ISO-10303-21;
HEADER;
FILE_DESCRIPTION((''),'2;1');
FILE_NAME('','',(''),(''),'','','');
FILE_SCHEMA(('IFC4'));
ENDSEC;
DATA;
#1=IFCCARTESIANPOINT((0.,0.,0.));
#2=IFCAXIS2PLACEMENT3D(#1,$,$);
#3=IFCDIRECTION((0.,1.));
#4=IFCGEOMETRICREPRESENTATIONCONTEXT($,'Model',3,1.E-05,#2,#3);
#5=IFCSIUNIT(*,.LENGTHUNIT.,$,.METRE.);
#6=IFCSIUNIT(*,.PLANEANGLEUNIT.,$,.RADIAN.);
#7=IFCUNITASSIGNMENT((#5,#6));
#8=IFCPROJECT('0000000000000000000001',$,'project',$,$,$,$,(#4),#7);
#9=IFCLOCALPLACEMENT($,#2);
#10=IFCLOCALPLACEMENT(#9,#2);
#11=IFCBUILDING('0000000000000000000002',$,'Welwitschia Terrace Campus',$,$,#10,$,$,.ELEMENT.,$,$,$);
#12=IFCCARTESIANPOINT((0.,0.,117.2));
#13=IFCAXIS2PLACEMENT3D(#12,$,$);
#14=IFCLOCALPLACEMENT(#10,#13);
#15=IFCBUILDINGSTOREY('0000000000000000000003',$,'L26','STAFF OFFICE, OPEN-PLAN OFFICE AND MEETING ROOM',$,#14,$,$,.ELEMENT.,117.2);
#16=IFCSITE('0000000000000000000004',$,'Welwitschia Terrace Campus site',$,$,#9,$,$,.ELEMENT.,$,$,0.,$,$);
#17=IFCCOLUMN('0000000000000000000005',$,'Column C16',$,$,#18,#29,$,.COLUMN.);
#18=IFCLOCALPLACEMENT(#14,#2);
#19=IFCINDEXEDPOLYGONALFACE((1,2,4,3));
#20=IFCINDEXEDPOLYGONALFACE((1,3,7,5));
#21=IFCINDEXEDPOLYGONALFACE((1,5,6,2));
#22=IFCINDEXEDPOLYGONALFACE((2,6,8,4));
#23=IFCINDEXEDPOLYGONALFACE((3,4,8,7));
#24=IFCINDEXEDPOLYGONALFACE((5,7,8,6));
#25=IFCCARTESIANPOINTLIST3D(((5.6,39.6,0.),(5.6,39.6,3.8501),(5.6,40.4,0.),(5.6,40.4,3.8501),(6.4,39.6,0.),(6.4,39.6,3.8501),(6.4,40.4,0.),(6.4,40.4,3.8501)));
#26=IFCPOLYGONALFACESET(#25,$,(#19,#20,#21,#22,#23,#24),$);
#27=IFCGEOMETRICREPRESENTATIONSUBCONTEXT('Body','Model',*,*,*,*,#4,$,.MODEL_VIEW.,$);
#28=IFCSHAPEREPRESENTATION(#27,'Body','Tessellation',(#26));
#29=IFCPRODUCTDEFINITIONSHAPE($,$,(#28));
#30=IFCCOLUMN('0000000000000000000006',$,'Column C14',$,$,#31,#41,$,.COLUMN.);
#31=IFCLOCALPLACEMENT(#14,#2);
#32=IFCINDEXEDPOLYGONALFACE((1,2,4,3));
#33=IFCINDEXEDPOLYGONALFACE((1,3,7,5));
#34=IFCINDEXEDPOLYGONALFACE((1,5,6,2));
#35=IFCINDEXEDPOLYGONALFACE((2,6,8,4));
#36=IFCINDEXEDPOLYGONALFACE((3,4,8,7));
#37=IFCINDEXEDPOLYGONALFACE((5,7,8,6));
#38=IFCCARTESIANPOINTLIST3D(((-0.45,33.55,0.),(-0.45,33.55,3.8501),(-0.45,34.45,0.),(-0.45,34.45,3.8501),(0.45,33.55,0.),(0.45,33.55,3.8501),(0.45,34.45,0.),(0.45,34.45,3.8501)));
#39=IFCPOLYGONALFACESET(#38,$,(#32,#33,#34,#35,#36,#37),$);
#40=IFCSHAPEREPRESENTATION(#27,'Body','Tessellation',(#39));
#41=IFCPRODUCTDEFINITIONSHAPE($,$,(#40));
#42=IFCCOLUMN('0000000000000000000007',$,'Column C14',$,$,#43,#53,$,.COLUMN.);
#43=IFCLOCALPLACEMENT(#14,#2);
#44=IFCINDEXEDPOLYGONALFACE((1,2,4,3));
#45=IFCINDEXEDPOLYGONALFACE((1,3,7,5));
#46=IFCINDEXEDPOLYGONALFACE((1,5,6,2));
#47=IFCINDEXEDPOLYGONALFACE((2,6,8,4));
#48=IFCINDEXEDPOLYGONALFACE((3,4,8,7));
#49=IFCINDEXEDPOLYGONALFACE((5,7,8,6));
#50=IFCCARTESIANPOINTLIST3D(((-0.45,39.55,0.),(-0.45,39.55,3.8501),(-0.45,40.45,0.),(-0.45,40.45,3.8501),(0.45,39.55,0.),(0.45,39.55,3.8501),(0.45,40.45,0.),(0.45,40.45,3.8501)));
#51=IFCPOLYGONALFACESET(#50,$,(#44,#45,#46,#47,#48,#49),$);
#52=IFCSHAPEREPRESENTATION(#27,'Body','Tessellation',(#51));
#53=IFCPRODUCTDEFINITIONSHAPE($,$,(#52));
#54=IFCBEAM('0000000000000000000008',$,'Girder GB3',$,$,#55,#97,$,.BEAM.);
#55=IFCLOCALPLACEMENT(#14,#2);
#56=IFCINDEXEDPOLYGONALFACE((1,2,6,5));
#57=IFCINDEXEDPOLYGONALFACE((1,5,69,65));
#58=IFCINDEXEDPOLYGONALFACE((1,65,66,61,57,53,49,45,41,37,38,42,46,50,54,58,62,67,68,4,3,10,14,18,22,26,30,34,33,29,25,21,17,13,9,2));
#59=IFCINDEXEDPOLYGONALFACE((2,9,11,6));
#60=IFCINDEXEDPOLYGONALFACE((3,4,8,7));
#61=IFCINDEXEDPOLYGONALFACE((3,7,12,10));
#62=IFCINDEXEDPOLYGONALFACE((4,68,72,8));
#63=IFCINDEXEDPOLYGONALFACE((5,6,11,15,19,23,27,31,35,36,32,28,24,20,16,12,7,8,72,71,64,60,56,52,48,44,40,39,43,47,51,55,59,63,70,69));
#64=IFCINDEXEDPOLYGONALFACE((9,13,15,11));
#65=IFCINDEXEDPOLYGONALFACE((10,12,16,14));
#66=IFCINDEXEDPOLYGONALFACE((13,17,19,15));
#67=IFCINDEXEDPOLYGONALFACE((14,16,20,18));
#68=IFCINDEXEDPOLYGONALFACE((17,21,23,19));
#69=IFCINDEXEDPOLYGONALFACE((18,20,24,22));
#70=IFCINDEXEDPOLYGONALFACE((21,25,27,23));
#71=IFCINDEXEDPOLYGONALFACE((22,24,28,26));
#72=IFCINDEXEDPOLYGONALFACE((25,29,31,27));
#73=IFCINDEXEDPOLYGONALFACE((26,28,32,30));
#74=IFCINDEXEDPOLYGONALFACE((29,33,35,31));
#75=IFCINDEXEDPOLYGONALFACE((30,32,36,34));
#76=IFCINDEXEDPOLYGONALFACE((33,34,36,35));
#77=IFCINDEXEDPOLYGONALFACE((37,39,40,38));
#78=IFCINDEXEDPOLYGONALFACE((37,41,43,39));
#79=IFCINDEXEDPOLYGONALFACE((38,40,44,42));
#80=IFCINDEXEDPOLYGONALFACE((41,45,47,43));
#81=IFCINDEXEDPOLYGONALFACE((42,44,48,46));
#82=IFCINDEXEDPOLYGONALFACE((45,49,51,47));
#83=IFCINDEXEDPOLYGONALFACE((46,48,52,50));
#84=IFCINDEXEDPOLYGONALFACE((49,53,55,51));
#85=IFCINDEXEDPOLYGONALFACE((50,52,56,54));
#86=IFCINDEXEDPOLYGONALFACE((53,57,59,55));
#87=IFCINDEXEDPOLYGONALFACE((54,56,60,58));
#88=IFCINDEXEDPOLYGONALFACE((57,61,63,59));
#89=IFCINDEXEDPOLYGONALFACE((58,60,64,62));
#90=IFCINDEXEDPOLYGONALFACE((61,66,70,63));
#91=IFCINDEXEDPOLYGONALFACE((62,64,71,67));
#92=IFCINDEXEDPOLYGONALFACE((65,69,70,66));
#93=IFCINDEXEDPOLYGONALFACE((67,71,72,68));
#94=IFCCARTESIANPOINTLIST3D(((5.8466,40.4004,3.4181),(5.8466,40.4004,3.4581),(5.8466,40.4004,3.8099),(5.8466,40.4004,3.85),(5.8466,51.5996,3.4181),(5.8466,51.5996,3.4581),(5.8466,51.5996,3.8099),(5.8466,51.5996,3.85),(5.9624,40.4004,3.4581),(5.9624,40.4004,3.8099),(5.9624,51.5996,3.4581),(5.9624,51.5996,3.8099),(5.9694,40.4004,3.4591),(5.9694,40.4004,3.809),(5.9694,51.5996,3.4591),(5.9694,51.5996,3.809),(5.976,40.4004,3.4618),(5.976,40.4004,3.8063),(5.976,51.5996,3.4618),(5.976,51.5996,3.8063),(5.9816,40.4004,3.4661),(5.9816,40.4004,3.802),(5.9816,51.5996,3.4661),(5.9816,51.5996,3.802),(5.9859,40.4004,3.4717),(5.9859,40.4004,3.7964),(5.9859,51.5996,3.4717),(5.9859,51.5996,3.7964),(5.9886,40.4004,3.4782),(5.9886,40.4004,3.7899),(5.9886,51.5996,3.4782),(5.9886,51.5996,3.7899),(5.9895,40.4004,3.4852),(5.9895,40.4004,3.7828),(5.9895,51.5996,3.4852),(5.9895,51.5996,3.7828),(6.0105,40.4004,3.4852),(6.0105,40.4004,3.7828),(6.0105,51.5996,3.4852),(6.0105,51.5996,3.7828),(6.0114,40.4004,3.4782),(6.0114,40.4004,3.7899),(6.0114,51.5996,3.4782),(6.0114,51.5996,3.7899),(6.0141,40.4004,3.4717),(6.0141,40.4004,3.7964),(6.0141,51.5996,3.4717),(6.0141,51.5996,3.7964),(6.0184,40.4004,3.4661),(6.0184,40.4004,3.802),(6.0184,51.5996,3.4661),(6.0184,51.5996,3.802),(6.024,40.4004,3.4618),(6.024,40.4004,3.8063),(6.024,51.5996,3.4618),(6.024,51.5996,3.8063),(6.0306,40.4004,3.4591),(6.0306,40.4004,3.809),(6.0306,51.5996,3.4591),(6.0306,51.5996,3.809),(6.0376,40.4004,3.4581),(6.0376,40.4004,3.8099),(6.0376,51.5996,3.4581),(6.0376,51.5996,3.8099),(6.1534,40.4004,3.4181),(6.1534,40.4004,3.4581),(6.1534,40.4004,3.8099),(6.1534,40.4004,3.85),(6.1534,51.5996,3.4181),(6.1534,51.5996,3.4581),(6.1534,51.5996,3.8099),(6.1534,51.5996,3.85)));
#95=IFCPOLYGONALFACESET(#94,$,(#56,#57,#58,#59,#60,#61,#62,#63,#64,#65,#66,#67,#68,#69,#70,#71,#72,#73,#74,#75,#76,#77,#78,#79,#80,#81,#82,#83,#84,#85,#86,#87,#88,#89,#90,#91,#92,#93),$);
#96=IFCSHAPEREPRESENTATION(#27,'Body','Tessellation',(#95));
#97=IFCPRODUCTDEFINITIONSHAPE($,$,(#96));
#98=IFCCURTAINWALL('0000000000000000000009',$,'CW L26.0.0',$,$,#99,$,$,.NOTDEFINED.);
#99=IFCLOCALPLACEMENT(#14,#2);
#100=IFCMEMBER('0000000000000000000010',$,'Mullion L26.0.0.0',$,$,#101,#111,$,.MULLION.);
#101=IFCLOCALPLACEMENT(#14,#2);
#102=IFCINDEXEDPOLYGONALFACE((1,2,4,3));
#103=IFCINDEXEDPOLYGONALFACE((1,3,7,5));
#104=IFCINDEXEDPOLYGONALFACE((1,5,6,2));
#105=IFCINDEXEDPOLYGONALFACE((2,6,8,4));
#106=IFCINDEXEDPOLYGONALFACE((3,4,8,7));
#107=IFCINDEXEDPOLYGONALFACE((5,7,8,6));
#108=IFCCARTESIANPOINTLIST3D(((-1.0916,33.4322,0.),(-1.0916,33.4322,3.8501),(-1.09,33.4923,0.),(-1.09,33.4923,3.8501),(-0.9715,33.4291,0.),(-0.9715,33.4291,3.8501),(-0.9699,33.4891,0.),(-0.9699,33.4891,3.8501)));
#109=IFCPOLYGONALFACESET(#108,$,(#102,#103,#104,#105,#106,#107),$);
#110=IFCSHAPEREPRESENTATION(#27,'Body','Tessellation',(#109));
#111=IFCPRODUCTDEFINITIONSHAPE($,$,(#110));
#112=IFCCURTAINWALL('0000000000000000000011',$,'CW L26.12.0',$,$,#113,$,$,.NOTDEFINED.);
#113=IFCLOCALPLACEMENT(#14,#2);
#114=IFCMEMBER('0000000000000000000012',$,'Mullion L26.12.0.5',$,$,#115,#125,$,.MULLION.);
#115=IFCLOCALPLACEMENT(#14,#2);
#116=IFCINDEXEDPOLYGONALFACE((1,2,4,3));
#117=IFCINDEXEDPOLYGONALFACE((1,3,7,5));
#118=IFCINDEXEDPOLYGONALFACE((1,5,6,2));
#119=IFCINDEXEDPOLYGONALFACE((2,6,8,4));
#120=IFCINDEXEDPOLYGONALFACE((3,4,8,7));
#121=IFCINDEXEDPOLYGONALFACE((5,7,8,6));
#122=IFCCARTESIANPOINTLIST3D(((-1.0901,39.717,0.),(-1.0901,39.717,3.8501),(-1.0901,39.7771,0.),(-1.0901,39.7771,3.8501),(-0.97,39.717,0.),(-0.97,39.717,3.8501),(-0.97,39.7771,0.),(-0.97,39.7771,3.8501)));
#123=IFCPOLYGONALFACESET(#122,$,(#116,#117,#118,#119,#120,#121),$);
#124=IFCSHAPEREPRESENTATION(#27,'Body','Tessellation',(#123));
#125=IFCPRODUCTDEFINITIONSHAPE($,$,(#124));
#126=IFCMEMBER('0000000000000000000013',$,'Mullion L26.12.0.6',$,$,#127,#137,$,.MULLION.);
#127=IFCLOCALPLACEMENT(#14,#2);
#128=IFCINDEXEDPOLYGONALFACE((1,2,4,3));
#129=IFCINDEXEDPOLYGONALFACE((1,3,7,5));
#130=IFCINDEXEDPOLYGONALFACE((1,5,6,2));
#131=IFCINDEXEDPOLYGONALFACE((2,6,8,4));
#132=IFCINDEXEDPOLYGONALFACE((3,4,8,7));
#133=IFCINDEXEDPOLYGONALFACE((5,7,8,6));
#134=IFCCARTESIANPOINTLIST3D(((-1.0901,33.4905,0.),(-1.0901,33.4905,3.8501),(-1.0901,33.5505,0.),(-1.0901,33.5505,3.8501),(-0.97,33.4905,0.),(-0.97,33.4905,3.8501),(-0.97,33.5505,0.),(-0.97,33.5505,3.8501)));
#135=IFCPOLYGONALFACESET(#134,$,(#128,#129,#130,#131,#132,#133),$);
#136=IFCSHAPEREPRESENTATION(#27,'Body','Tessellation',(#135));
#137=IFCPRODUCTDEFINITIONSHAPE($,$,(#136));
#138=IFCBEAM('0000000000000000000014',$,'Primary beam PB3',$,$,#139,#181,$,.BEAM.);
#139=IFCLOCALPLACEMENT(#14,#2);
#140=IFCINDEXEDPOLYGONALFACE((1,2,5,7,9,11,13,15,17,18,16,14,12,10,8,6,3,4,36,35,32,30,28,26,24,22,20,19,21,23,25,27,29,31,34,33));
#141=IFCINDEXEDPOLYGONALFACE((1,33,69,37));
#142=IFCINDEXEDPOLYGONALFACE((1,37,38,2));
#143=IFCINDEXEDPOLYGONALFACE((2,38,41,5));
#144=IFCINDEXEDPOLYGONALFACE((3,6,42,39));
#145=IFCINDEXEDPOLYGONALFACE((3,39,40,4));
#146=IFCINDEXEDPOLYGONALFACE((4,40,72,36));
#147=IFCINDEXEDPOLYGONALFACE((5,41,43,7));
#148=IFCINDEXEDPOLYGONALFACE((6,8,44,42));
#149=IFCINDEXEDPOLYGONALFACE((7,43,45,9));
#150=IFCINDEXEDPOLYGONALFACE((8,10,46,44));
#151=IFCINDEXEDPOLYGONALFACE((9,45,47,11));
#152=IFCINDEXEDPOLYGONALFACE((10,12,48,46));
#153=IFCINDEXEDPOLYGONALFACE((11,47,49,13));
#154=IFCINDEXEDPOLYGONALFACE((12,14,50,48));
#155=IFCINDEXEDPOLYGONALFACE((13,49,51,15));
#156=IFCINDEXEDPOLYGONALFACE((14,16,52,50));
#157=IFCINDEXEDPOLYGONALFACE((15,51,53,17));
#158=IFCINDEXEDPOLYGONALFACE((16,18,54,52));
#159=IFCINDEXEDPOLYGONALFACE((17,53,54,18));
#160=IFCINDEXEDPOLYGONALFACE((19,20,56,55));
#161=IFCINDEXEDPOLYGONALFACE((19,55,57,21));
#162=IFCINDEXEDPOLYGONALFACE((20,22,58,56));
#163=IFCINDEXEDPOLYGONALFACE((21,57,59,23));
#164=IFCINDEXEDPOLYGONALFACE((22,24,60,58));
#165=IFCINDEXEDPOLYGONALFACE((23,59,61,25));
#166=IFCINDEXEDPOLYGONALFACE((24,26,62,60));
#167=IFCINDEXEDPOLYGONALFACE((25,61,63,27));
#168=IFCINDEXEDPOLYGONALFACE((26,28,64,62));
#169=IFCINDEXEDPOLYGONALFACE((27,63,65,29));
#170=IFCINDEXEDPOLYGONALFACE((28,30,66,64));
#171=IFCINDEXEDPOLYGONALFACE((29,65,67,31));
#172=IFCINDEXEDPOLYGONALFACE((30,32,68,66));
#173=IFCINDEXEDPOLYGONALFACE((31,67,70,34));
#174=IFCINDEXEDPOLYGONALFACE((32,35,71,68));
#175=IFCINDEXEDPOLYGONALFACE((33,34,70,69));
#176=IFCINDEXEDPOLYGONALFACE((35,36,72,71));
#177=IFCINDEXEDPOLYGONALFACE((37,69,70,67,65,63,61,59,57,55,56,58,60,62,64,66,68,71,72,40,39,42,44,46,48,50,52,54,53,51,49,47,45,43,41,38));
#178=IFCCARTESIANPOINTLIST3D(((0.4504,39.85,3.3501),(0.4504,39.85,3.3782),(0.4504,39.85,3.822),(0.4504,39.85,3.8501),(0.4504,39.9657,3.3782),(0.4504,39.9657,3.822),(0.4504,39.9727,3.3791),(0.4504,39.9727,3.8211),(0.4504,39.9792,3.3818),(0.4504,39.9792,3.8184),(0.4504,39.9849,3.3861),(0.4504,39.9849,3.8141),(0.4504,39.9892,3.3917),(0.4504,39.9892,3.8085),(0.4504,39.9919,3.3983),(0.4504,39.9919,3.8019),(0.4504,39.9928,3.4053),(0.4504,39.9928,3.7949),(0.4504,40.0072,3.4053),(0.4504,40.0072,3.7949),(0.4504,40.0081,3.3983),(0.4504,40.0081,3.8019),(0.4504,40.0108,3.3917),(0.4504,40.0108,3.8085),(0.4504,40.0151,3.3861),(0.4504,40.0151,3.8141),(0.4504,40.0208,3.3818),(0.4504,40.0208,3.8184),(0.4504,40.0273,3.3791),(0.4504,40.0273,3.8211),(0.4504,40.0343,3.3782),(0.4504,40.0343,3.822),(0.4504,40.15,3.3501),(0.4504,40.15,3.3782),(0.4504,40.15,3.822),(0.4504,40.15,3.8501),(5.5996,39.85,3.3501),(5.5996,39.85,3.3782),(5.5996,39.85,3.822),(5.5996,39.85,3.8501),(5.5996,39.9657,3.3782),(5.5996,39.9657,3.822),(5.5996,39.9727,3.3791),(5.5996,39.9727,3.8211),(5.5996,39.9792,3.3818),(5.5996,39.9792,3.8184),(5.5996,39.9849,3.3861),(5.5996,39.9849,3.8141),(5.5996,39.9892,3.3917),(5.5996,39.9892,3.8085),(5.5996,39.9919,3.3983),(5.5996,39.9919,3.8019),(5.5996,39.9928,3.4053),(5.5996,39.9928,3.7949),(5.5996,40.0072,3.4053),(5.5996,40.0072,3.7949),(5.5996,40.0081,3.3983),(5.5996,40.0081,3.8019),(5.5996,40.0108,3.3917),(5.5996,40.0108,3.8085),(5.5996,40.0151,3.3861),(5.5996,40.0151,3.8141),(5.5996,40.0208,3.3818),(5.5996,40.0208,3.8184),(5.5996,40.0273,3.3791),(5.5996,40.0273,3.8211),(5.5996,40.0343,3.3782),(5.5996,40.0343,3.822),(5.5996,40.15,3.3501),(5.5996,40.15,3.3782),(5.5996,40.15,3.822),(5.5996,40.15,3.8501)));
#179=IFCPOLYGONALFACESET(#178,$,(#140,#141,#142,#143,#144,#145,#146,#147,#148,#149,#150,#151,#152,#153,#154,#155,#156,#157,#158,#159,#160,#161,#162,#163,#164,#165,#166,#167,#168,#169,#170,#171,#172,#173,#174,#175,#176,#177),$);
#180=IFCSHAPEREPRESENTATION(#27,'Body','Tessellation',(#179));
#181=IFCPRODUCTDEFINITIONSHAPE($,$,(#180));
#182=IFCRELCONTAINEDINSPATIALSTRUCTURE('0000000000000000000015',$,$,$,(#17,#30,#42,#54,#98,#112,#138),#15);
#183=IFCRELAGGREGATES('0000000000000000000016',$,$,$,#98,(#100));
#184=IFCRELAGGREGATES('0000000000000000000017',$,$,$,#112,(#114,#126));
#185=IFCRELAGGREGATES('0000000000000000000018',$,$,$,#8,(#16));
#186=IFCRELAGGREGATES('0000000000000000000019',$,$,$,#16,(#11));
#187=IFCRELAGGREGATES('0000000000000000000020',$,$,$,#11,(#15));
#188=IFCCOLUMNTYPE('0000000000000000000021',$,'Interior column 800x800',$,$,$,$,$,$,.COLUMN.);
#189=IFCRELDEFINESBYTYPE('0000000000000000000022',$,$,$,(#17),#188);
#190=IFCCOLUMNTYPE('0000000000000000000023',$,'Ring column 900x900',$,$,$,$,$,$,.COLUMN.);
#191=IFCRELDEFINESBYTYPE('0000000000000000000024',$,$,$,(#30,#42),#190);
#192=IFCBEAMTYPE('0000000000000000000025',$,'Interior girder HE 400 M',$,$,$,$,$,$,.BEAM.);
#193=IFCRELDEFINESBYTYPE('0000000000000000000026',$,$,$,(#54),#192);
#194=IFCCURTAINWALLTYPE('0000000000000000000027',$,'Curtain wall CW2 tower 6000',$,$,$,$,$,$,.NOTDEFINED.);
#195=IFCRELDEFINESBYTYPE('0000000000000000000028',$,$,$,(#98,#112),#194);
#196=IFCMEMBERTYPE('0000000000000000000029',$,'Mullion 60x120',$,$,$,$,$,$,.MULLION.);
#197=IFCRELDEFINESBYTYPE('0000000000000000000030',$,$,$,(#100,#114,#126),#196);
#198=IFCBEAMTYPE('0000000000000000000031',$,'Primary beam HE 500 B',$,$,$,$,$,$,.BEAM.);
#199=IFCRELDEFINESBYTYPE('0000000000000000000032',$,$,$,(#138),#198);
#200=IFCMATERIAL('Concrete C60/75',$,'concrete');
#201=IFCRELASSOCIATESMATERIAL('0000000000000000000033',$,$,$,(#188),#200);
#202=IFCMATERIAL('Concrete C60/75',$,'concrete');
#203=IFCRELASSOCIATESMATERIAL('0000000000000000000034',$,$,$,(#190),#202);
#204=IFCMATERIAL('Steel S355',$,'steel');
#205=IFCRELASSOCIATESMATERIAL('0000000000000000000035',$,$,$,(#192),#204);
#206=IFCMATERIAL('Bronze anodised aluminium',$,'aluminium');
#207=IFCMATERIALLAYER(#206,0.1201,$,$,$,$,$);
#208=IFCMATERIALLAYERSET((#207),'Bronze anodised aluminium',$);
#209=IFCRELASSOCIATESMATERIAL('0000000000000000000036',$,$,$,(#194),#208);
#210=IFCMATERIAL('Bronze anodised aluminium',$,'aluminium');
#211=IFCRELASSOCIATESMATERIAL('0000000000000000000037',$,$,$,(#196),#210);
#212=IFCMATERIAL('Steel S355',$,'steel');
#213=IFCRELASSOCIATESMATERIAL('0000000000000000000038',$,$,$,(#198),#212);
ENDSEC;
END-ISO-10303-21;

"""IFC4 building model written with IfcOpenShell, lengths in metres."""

from ifc_helpers import new_model, si_unit, direction, frame, origin, origin_2d, place, context, subcontext, project, spatial, rectangle, i_section, extrude, material, layer, layer_set, material_profile, profile_set, type_object, element, aggregate, save


model = new_model("IFC4")

# Units and contexts
model_context = context("Model", 3, precision=1e-05, world=origin(), true_north=direction((0.0, 1.0)))
body_context = subcontext(model_context, "Body", "Model", "MODEL_VIEW")
ifc_project = project(units=[si_unit("LENGTHUNIT", "METRE"), si_unit("PLANEANGLEUNIT", "RADIAN")], contexts=[model_context])

# Site, building, storey
site_placement = place(None, origin())
site = spatial("IfcSite", under=ifc_project, at=site_placement, Name="Welwitschia Terrace Campus site", CompositionType="ELEMENT", RefElevation=0.0)
building_placement = place(site_placement, origin())
building = spatial("IfcBuilding", under=site, at=building_placement, Name="Welwitschia Terrace Campus", CompositionType="ELEMENT")
storey_placement = place(building_placement, frame((0.0, 0.0, 117.2)))
storey = spatial("IfcBuildingStorey", under=building, at=storey_placement, Name="L26", Description="STAFF OFFICE, OPEN-PLAN OFFICE AND MEETING ROOM", CompositionType="ELEMENT", Elevation=117.2)

# Columns
ifc_material_1 = material(Name="Concrete C60/75", Category="concrete")
ifc_material_profile_1 = material_profile(ifc_material_1, rectangle(XDim=0.8, YDim=0.8, at=origin_2d()))
ifc_profile_set_1 = profile_set([ifc_material_profile_1], Name="Concrete C60/75")
column_type_1 = type_object("IfcColumnType", Name="Interior column 800x800", PredefinedType="COLUMN", material=ifc_profile_set_1)
column_placement = place(storey_placement, frame((6.0, 40.0, 0.0), z_axis=(0.0, 0.0, 1.0), x_axis=(1.0, 0.0, 0.0)))
element("IfcColumn", 1, at=column_placement, inside=storey, type_object=column_type_1, Name="Column C16", PredefinedType="COLUMN", context=body_context, shape_type="SweptSolid", body=[
    extrude(rectangle(XDim=0.8, YDim=0.8, at=origin_2d()), origin(), (0.0, 0.0, 1.0), 3.8501),
])
ifc_material_2 = material(Name="Concrete C60/75", Category="concrete")
ifc_material_profile_2 = material_profile(ifc_material_2, rectangle(XDim=0.8999, YDim=0.8999, at=origin_2d()))
ifc_profile_set_2 = profile_set([ifc_material_profile_2], Name="Concrete C60/75")
column_type_2 = type_object("IfcColumnType", Name="Ring column 900x900", PredefinedType="COLUMN", material=ifc_profile_set_2)
for number, where, z_axis, x_axis, name in (
    (2, (0.0, 34.0, 0.0), (0.0, 0.0, 1.0), (1.0, 0.0, 0.0), "Column C14"),
    (3, (0.0, 40.0, 0.0), (0.0, 0.0, 1.0), (1.0, 0.0, 0.0), "Column C14"),
):
    element("IfcColumn", number, at=place(storey_placement, frame(where, z_axis=z_axis, x_axis=x_axis)), inside=storey, type_object=column_type_2, Name=name, PredefinedType="COLUMN", context=body_context, shape_type="SweptSolid", body=[
        extrude(rectangle(XDim=0.8999, YDim=0.8999, at=origin_2d()), origin(), (0.0, 0.0, 1.0), 3.8501),
    ])

# Beam
ifc_material_3 = material(Name="Steel S355", Category="steel")
ifc_material_profile_3 = material_profile(ifc_material_3, i_section(OverallWidth=0.3069, OverallDepth=0.4319, WebThickness=0.021, FlangeThickness=0.04, FilletRadius=0.0271, at=origin_2d()))
ifc_profile_set_3 = profile_set([ifc_material_profile_3], Name="Steel S355")
beam_type_1 = type_object("IfcBeamType", Name="Interior girder HE 400 M", PredefinedType="BEAM", material=ifc_profile_set_3)
beam_1_placement = place(storey_placement, frame((6.0, 40.4004, 3.634), z_axis=(0.0, 1.0, 0.0), x_axis=(-1.0, 0.0, 0.0)))
element("IfcBeam", 4, at=beam_1_placement, inside=storey, type_object=beam_type_1, Name="Girder GB3", PredefinedType="BEAM", context=body_context, shape_type="SweptSolid", body=[
    extrude(i_section(OverallWidth=0.3069, OverallDepth=0.4319, WebThickness=0.021, FlangeThickness=0.04, FilletRadius=0.0271, at=origin_2d()), origin(), (0.0, 0.0, 1.0), 11.1992),
])

# Curtain wall, member
ifc_material_4 = material(Name="Bronze anodised aluminium", Category="aluminium")
ifc_layer_1 = layer(ifc_material_4, 0.1201)
ifc_layer_set_1 = layer_set([ifc_layer_1], Name="Bronze anodised aluminium")
curtain_wall_type = type_object("IfcCurtainWallType", Name="Curtain wall CW2 tower 6000", PredefinedType="NOTDEFINED", material=ifc_layer_set_1)
curtain_wall_1_placement = place(storey_placement, origin())
curtain_wall_1 = element("IfcCurtainWall", 5, at=curtain_wall_1_placement, inside=storey, type_object=curtain_wall_type, Name="CW L26.0.0", PredefinedType="NOTDEFINED")
ifc_material_5 = material(Name="Bronze anodised aluminium", Category="aluminium")
ifc_material_profile_4 = material_profile(ifc_material_5, rectangle(XDim=0.1201, YDim=0.0601, at=origin_2d()))
ifc_profile_set_4 = profile_set([ifc_material_profile_4], Name="Bronze anodised aluminium")
member_type = type_object("IfcMemberType", Name="Mullion 60x120", PredefinedType="MULLION", material=ifc_profile_set_4)
member_1_placement = place(storey_placement, frame((-1.0308, 33.4607, 0.0), z_axis=(0.0, 0.0, 1.0), x_axis=(0.999657, -0.026177, 0.0)))
member_1 = element("IfcMember", 6, at=member_1_placement, type_object=member_type, Name="Mullion L26.0.0.0", PredefinedType="MULLION", context=body_context, shape_type="SweptSolid", body=[
    extrude(rectangle(XDim=0.1201, YDim=0.0601, at=origin_2d()), origin(), (0.0, 0.0, 1.0), 3.8501),
])
aggregate(curtain_wall_1, [member_1])

# Curtain wall, members
curtain_wall_2_placement = place(storey_placement, origin())
curtain_wall_2 = element("IfcCurtainWall", 7, at=curtain_wall_2_placement, inside=storey, type_object=curtain_wall_type, Name="CW L26.12.0", PredefinedType="NOTDEFINED")
member_2_placement = place(storey_placement, frame((-1.03, 39.7471, 0.0), z_axis=(0.0, 0.0, 1.0), x_axis=(1.0, 0.0, 0.0)))
member_2 = element("IfcMember", 8, at=member_2_placement, type_object=member_type, Name="Mullion L26.12.0.5", PredefinedType="MULLION", context=body_context, shape_type="SweptSolid", body=[
    extrude(rectangle(XDim=0.1201, YDim=0.0601, at=origin_2d()), origin(), (0.0, 0.0, 1.0), 3.8501),
])
member_3_placement = place(storey_placement, frame((-1.03, 33.5205, 0.0), z_axis=(0.0, 0.0, 1.0), x_axis=(1.0, 0.0, 0.0)))
member_3 = element("IfcMember", 9, at=member_3_placement, type_object=member_type, Name="Mullion L26.12.0.6", PredefinedType="MULLION", context=body_context, shape_type="SweptSolid", body=[
    extrude(rectangle(XDim=0.1201, YDim=0.0601, at=origin_2d()), origin(), (0.0, 0.0, 1.0), 3.8501),
])

# Beam
ifc_material_6 = material(Name="Steel S355", Category="steel")
ifc_material_profile_5 = material_profile(ifc_material_6, i_section(OverallWidth=0.3, OverallDepth=0.5, WebThickness=0.0144, FlangeThickness=0.0281, FilletRadius=0.0271, at=origin_2d()))
ifc_profile_set_5 = profile_set([ifc_material_profile_5], Name="Steel S355")
beam_type_2 = type_object("IfcBeamType", Name="Primary beam HE 500 B", PredefinedType="BEAM", material=ifc_profile_set_5)
beam_2_placement = place(storey_placement, frame((0.4504, 40.0, 3.6001), z_axis=(1.0, 0.0, 0.0), x_axis=(0.0, 1.0, 0.0)))
element("IfcBeam", 10, at=beam_2_placement, inside=storey, type_object=beam_type_2, Name="Primary beam PB3", PredefinedType="BEAM", context=body_context, shape_type="SweptSolid", body=[
    extrude(i_section(OverallWidth=0.3, OverallDepth=0.5, WebThickness=0.0144, FlangeThickness=0.0281, FilletRadius=0.0271, at=origin_2d()), origin(), (0.0, 0.0, 1.0), 5.1492),
])

aggregate(curtain_wall_2, [member_2, member_3])

save(model, "model.ifc")
